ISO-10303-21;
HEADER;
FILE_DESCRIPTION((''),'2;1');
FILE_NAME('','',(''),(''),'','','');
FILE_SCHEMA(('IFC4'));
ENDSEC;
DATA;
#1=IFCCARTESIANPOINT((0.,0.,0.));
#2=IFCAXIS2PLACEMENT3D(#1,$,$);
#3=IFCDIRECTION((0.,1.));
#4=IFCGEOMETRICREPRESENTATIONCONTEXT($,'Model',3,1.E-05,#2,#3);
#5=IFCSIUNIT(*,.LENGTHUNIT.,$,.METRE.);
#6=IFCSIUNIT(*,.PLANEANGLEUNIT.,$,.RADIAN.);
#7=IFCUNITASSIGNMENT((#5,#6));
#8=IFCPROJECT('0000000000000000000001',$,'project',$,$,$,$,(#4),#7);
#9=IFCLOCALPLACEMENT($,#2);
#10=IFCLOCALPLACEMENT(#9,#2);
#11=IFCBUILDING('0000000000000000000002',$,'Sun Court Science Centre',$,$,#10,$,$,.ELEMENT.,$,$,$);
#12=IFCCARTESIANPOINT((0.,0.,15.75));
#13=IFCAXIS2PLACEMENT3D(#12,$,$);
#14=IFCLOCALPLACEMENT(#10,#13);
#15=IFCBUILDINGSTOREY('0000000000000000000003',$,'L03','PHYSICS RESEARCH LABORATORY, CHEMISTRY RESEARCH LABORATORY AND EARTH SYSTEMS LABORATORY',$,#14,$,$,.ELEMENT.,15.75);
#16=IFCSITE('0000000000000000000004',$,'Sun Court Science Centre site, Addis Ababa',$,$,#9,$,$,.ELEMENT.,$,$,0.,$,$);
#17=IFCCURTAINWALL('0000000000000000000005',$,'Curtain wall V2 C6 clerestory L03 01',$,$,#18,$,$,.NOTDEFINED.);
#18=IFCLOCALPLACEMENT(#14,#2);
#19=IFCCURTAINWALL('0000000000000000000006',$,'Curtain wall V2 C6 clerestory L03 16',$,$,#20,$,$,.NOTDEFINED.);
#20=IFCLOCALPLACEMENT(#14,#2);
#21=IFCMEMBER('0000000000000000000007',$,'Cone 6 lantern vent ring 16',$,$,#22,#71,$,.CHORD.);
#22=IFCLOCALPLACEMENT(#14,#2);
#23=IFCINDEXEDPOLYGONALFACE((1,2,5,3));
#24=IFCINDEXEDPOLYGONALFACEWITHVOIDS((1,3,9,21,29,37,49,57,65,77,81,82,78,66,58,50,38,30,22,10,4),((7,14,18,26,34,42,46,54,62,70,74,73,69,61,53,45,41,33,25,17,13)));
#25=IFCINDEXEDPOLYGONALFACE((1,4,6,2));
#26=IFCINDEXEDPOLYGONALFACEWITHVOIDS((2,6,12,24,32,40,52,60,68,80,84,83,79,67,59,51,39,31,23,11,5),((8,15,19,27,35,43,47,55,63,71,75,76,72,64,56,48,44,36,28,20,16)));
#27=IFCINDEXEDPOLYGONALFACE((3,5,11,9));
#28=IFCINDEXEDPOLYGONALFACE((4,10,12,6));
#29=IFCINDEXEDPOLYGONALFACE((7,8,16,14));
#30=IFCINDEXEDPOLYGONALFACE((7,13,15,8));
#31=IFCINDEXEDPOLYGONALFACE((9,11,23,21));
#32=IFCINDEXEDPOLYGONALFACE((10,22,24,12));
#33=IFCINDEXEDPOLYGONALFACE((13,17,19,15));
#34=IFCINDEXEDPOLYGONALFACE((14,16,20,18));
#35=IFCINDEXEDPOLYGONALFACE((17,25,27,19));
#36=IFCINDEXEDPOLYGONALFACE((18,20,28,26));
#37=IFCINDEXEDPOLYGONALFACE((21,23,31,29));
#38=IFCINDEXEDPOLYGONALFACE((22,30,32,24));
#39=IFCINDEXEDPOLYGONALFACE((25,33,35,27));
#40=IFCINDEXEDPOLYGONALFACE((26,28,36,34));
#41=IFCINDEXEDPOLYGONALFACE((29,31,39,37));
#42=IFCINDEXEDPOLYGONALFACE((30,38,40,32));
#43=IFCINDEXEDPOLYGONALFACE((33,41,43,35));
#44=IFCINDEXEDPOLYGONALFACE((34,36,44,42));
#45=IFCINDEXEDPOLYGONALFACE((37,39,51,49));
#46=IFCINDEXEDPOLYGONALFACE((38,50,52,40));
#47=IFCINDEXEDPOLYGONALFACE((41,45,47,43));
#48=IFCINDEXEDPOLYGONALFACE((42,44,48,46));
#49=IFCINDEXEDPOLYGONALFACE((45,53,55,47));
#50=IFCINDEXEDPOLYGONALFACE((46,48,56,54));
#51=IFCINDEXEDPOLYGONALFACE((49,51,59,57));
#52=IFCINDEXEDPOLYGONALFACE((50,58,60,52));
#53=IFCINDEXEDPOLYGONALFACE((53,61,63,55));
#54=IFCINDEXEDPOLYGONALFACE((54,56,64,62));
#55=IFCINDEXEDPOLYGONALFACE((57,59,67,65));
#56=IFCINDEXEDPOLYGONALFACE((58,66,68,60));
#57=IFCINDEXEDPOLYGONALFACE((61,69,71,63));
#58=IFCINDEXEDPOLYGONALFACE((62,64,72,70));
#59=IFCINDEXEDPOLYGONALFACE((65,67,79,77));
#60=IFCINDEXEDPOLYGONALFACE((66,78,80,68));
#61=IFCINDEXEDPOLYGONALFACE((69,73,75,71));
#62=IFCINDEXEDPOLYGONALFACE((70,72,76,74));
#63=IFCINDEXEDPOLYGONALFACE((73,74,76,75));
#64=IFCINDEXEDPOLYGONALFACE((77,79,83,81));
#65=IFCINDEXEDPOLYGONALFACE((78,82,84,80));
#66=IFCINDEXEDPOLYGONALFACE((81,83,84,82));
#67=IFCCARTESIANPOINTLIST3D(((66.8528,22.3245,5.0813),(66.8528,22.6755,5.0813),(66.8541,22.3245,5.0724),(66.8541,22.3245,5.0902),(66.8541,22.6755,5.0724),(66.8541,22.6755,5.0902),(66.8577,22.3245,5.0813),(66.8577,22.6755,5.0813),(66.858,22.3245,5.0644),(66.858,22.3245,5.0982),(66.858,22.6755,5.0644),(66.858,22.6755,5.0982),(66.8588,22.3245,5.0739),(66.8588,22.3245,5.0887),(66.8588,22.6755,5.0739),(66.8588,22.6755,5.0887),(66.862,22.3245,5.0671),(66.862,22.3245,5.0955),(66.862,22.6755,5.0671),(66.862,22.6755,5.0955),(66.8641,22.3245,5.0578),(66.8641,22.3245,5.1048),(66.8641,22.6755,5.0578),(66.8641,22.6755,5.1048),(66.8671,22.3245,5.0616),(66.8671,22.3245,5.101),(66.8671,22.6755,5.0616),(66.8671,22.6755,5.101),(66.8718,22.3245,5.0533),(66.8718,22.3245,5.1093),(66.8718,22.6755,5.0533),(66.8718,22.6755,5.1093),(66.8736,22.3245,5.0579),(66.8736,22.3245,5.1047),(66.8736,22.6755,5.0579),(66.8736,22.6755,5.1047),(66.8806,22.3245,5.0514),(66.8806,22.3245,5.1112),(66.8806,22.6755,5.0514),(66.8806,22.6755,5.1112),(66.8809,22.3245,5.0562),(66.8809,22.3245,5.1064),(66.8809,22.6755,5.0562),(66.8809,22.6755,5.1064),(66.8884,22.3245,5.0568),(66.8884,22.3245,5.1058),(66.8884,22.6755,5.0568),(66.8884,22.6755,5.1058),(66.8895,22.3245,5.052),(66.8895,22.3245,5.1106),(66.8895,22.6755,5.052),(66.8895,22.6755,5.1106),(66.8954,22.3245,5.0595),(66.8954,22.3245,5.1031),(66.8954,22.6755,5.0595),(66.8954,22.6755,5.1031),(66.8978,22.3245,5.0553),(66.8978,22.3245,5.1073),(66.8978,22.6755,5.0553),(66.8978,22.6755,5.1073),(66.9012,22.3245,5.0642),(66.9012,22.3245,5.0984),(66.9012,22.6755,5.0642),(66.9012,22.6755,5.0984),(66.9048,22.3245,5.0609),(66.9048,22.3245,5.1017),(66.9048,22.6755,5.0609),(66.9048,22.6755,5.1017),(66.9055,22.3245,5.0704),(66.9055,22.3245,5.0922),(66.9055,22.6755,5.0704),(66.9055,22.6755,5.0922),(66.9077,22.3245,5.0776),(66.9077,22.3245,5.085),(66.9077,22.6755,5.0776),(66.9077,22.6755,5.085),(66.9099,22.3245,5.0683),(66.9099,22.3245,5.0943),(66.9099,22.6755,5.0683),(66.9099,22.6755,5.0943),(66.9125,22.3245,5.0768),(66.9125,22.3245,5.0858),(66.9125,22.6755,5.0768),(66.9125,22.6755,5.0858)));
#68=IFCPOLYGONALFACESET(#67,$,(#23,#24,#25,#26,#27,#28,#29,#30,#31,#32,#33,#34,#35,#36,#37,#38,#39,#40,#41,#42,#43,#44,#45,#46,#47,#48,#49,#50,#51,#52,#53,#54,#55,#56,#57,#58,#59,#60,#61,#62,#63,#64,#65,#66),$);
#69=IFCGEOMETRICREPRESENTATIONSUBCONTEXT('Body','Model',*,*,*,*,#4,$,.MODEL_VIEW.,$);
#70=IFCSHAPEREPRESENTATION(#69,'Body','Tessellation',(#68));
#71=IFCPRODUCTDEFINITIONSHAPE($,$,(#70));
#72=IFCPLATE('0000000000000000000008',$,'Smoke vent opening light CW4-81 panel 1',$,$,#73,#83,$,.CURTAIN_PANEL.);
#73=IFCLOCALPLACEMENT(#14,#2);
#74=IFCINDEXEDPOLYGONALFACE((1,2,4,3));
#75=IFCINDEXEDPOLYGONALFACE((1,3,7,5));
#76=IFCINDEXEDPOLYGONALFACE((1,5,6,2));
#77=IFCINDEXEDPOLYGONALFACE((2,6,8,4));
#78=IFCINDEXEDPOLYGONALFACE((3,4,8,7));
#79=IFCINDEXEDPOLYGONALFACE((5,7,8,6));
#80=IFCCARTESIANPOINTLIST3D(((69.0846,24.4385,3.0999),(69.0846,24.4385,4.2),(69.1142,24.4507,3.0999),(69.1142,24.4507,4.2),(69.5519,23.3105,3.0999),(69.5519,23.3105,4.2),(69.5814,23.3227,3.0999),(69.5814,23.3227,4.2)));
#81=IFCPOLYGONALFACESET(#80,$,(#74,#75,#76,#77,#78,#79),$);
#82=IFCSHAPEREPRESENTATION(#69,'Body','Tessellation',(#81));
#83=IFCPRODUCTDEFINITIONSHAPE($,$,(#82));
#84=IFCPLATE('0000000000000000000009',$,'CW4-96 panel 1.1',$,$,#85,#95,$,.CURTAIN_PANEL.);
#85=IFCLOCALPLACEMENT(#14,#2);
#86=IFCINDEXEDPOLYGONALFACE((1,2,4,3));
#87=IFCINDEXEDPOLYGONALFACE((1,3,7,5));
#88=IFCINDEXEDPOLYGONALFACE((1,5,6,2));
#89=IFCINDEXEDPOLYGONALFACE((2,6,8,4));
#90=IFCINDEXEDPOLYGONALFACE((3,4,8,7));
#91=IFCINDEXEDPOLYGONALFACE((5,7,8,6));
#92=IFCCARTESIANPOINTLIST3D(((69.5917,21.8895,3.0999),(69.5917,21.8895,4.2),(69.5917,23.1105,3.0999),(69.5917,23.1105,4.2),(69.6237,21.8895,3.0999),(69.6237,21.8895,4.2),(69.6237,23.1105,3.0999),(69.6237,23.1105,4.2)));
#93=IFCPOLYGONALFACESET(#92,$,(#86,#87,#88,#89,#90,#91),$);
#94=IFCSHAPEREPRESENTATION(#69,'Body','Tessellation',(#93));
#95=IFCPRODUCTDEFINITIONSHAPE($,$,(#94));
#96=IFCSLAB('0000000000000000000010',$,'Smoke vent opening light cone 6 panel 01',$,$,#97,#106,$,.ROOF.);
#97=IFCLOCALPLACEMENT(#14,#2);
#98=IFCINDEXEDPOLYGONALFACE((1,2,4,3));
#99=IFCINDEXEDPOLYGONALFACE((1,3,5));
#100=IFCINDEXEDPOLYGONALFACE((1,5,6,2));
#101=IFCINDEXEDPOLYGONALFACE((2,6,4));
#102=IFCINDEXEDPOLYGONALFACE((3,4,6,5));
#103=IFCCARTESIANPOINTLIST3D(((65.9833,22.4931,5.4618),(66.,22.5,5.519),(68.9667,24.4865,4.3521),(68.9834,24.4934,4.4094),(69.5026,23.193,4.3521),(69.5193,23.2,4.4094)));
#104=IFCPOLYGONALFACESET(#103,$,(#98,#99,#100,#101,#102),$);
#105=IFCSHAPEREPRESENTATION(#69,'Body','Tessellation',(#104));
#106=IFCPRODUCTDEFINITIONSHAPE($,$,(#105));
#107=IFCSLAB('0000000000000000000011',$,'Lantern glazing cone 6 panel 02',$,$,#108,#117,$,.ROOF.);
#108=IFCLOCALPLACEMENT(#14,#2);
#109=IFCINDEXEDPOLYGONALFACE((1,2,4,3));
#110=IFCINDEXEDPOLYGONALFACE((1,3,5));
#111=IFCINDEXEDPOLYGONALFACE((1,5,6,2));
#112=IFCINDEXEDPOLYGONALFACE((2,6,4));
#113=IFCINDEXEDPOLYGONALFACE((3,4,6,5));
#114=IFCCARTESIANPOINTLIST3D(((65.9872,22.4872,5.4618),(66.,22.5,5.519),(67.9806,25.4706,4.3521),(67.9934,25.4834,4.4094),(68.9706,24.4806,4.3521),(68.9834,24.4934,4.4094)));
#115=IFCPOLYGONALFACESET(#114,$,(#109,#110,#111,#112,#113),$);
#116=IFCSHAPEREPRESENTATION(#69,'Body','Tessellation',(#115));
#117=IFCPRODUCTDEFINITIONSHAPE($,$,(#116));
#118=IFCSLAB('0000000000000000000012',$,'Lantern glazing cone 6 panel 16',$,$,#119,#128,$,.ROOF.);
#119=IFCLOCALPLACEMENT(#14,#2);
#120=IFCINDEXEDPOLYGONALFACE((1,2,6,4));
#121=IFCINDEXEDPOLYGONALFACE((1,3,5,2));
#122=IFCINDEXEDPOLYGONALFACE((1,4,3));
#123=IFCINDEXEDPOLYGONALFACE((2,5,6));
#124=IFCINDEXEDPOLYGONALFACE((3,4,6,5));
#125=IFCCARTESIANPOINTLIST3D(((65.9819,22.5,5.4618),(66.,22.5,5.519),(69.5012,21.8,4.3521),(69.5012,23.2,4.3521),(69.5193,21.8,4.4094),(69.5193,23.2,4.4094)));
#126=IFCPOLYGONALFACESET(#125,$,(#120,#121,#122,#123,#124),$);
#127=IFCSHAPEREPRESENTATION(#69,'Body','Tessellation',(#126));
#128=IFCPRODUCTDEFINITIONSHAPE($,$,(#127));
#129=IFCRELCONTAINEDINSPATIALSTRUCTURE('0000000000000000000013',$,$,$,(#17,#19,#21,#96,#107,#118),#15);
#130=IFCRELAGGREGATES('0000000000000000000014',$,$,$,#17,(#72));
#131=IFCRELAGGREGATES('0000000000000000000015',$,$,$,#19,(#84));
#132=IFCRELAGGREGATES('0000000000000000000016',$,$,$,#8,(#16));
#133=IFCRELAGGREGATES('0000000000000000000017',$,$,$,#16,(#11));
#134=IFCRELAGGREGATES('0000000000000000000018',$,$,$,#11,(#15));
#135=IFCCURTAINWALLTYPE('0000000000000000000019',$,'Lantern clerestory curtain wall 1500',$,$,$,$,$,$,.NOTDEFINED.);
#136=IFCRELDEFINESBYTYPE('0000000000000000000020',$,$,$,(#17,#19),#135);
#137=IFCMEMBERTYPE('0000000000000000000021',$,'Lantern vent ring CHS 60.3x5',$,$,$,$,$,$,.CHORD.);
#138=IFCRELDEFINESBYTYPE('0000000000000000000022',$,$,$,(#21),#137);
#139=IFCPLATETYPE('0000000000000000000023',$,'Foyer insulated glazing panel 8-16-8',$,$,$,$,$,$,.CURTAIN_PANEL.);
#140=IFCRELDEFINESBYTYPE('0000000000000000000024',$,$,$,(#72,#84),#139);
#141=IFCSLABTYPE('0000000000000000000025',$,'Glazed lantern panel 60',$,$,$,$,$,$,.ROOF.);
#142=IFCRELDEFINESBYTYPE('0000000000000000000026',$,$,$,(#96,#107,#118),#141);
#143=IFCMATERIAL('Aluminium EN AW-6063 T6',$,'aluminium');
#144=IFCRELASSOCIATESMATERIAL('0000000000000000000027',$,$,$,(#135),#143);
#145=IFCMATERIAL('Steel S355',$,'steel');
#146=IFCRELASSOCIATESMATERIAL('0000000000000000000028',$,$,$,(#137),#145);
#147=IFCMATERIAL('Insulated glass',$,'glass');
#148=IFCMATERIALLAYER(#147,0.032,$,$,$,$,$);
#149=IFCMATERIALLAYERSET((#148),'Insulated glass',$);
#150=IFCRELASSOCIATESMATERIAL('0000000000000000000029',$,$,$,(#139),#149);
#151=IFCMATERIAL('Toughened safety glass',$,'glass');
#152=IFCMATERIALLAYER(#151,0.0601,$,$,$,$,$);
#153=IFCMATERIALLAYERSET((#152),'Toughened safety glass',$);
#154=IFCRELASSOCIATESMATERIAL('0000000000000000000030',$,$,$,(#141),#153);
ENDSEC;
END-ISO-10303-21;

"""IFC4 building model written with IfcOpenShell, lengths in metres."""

from ifc_helpers import new_model, si_unit, direction, frame, origin, origin_2d, place, context, subcontext, project, spatial, polyline, rectangle, hollow_circle, outline, extrude, material, layer, layer_set, material_profile, profile_set, type_object, element, aggregate, save


model = new_model("IFC4")

# Units and contexts
model_context = context("Model", 3, precision=1e-05, world=origin(), true_north=direction((0.0, 1.0)))
body_context = subcontext(model_context, "Body", "Model", "MODEL_VIEW")
ifc_project = project(units=[si_unit("LENGTHUNIT", "METRE"), si_unit("PLANEANGLEUNIT", "RADIAN")], contexts=[model_context])

# Site, building, storey
site_placement = place(None, origin())
site = spatial("IfcSite", under=ifc_project, at=site_placement, Name="Sun Court Science Centre site, Addis Ababa", CompositionType="ELEMENT", RefElevation=0.0)
building_placement = place(site_placement, origin())
building = spatial("IfcBuilding", under=site, at=building_placement, Name="Sun Court Science Centre", CompositionType="ELEMENT")
storey_placement = place(building_placement, frame((0.0, 0.0, 15.75)))
storey = spatial("IfcBuildingStorey", under=building, at=storey_placement, Name="L03", Description="PHYSICS RESEARCH LABORATORY, CHEMISTRY RESEARCH LABORATORY AND EARTH SYSTEMS LABORATORY", CompositionType="ELEMENT", Elevation=15.75)

# Curtain wall
ifc_material_1 = material(Name="Aluminium EN AW-6063 T6", Category="aluminium")
curtain_wall_type = type_object("IfcCurtainWallType", Name="Lantern clerestory curtain wall 1500", PredefinedType="NOTDEFINED", material=ifc_material_1)
curtain_wall_1_placement = place(storey_placement, origin())
curtain_wall_1 = element("IfcCurtainWall", 1, at=curtain_wall_1_placement, inside=storey, type_object=curtain_wall_type, Name="Curtain wall V2 C6 clerestory L03 01", PredefinedType="NOTDEFINED")

# Curtain wall
curtain_wall_2_placement = place(storey_placement, origin())
curtain_wall_2 = element("IfcCurtainWall", 2, at=curtain_wall_2_placement, inside=storey, type_object=curtain_wall_type, Name="Curtain wall V2 C6 clerestory L03 16", PredefinedType="NOTDEFINED")

# Member
ifc_material_2 = material(Name="Steel S355", Category="steel")
ifc_material_profile_1 = material_profile(ifc_material_2, hollow_circle(Radius=0.03, WallThickness=0.0049, at=origin_2d()), Name="CHS 60.3x5")
ifc_profile_set_1 = profile_set([ifc_material_profile_1], Name="Steel S355")
member_type_1 = type_object("IfcMemberType", Name="Lantern vent ring CHS 60.3x5", PredefinedType="CHORD", material=ifc_profile_set_1)
for number, where, z_axis, x_axis, name in (
    (3, (66.8828, 22.3245, 5.0813), (0.0, 1.0, 0.0), (-1.0, 0.0, 0.0), "Cone 6 lantern vent ring 16"),
):
    element("IfcMember", number, at=place(storey_placement, frame(where, z_axis=z_axis, x_axis=x_axis)), inside=storey, type_object=member_type_1, Name=name, PredefinedType="CHORD", context=body_context, shape_type="SweptSolid", body=[
        extrude(hollow_circle(Radius=0.03, WallThickness=0.0049, at=origin_2d()), origin(), (0.0, 0.0, 1.0), 0.3511),
    ])

# Plates
ifc_material_3 = material(Name="Insulated glass", Category="glass")
ifc_layer_1 = layer(ifc_material_3, 0.032)
ifc_layer_set_1 = layer_set([ifc_layer_1], Name="Insulated glass")
plate_type = type_object("IfcPlateType", Name="Foyer insulated glazing panel 8-16-8", PredefinedType="CURTAIN_PANEL", material=ifc_layer_set_1)
plate_1_placement = place(storey_placement, frame((69.333, 23.8806, 3.0999), z_axis=(0.0, 0.0, 1.0), x_axis=(0.382683, -0.92388, 0.0)))
plate_1 = element("IfcPlate", 4, at=plate_1_placement, type_object=plate_type, Name="Smoke vent opening light CW4-81 panel 1", PredefinedType="CURTAIN_PANEL", context=body_context, shape_type="SweptSolid", body=[
    extrude(rectangle(XDim=1.2209, YDim=0.032, at=origin_2d()), origin(), (0.0, 0.0, 1.0), 1.1001),
])
aggregate(curtain_wall_1, [plate_1])
plate_2_placement = place(storey_placement, frame((69.6077, 22.5, 3.0999), z_axis=(0.0, 0.0, 1.0), x_axis=(0.0, -1.0, 0.0)))
plate_2 = element("IfcPlate", 5, at=plate_2_placement, type_object=plate_type, Name="CW4-96 panel 1.1", PredefinedType="CURTAIN_PANEL", context=body_context, shape_type="SweptSolid", body=[
    extrude(rectangle(XDim=1.2209, YDim=0.032, at=origin_2d()), origin(), (0.0, 0.0, 1.0), 1.1001),
])
aggregate(curtain_wall_2, [plate_2])

# Slabs
ifc_material_4 = material(Name="Toughened safety glass", Category="glass")
ifc_layer_2 = layer(ifc_material_4, 0.0601)
ifc_layer_set_2 = layer_set([ifc_layer_2], Name="Toughened safety glass")
slab_type = type_object("IfcSlabType", Name="Glazed lantern panel 60", PredefinedType="ROOF", material=ifc_layer_set_2)
slab_1_placement = place(storey_placement, frame((69.5193, 23.2, 4.4094), z_axis=(0.277811, 0.115099, 0.953715), x_axis=(-0.382757, 0.923849, 0.0)))
element("IfcSlab", 6, at=slab_1_placement, inside=storey, type_object=slab_type, Name="Smoke vent opening light cone 6 panel 01", PredefinedType="ROOF", context=body_context, shape_type="SweptSolid", body=[
    extrude(outline(polyline([(0.0, 0.0), (1.4001, 0.0), (0.7004, 3.69), (0.0, 0.0)])), origin(), (0.0, 0.0, -1.0), 0.0601),
])
slab_2_placement = place(storey_placement, frame((68.9834, 24.4934, 4.4094), z_axis=(0.212638, 0.212638, 0.953714), x_axis=(-0.707107, 0.707107, 0.0)))
element("IfcSlab", 7, at=slab_2_placement, inside=storey, type_object=slab_type, Name="Lantern glazing cone 6 panel 02", PredefinedType="ROOF", context=body_context, shape_type="SweptSolid", body=[
    extrude(outline(polyline([(0.0, 0.0), (1.4001, 0.0), (0.7, 3.6899), (0.0, 0.0)])), origin(), (0.0, 0.0, -1.0), 0.0601),
])
slab_3_placement = place(storey_placement, frame((69.5193, 21.8, 4.4094), z_axis=(0.300704, 0.0, 0.953718), x_axis=(0.0, 1.0, 0.0)))
element("IfcSlab", 8, at=slab_3_placement, inside=storey, type_object=slab_type, Name="Lantern glazing cone 6 panel 16", PredefinedType="ROOF", context=body_context, shape_type="SweptSolid", body=[
    extrude(outline(polyline([(0.0, 0.0), (1.3999, 0.0), (0.7, 3.6901), (0.0, 0.0)])), origin(), (0.0, 0.0, -1.0), 0.0601),
])

save(model, "model.ifc")
